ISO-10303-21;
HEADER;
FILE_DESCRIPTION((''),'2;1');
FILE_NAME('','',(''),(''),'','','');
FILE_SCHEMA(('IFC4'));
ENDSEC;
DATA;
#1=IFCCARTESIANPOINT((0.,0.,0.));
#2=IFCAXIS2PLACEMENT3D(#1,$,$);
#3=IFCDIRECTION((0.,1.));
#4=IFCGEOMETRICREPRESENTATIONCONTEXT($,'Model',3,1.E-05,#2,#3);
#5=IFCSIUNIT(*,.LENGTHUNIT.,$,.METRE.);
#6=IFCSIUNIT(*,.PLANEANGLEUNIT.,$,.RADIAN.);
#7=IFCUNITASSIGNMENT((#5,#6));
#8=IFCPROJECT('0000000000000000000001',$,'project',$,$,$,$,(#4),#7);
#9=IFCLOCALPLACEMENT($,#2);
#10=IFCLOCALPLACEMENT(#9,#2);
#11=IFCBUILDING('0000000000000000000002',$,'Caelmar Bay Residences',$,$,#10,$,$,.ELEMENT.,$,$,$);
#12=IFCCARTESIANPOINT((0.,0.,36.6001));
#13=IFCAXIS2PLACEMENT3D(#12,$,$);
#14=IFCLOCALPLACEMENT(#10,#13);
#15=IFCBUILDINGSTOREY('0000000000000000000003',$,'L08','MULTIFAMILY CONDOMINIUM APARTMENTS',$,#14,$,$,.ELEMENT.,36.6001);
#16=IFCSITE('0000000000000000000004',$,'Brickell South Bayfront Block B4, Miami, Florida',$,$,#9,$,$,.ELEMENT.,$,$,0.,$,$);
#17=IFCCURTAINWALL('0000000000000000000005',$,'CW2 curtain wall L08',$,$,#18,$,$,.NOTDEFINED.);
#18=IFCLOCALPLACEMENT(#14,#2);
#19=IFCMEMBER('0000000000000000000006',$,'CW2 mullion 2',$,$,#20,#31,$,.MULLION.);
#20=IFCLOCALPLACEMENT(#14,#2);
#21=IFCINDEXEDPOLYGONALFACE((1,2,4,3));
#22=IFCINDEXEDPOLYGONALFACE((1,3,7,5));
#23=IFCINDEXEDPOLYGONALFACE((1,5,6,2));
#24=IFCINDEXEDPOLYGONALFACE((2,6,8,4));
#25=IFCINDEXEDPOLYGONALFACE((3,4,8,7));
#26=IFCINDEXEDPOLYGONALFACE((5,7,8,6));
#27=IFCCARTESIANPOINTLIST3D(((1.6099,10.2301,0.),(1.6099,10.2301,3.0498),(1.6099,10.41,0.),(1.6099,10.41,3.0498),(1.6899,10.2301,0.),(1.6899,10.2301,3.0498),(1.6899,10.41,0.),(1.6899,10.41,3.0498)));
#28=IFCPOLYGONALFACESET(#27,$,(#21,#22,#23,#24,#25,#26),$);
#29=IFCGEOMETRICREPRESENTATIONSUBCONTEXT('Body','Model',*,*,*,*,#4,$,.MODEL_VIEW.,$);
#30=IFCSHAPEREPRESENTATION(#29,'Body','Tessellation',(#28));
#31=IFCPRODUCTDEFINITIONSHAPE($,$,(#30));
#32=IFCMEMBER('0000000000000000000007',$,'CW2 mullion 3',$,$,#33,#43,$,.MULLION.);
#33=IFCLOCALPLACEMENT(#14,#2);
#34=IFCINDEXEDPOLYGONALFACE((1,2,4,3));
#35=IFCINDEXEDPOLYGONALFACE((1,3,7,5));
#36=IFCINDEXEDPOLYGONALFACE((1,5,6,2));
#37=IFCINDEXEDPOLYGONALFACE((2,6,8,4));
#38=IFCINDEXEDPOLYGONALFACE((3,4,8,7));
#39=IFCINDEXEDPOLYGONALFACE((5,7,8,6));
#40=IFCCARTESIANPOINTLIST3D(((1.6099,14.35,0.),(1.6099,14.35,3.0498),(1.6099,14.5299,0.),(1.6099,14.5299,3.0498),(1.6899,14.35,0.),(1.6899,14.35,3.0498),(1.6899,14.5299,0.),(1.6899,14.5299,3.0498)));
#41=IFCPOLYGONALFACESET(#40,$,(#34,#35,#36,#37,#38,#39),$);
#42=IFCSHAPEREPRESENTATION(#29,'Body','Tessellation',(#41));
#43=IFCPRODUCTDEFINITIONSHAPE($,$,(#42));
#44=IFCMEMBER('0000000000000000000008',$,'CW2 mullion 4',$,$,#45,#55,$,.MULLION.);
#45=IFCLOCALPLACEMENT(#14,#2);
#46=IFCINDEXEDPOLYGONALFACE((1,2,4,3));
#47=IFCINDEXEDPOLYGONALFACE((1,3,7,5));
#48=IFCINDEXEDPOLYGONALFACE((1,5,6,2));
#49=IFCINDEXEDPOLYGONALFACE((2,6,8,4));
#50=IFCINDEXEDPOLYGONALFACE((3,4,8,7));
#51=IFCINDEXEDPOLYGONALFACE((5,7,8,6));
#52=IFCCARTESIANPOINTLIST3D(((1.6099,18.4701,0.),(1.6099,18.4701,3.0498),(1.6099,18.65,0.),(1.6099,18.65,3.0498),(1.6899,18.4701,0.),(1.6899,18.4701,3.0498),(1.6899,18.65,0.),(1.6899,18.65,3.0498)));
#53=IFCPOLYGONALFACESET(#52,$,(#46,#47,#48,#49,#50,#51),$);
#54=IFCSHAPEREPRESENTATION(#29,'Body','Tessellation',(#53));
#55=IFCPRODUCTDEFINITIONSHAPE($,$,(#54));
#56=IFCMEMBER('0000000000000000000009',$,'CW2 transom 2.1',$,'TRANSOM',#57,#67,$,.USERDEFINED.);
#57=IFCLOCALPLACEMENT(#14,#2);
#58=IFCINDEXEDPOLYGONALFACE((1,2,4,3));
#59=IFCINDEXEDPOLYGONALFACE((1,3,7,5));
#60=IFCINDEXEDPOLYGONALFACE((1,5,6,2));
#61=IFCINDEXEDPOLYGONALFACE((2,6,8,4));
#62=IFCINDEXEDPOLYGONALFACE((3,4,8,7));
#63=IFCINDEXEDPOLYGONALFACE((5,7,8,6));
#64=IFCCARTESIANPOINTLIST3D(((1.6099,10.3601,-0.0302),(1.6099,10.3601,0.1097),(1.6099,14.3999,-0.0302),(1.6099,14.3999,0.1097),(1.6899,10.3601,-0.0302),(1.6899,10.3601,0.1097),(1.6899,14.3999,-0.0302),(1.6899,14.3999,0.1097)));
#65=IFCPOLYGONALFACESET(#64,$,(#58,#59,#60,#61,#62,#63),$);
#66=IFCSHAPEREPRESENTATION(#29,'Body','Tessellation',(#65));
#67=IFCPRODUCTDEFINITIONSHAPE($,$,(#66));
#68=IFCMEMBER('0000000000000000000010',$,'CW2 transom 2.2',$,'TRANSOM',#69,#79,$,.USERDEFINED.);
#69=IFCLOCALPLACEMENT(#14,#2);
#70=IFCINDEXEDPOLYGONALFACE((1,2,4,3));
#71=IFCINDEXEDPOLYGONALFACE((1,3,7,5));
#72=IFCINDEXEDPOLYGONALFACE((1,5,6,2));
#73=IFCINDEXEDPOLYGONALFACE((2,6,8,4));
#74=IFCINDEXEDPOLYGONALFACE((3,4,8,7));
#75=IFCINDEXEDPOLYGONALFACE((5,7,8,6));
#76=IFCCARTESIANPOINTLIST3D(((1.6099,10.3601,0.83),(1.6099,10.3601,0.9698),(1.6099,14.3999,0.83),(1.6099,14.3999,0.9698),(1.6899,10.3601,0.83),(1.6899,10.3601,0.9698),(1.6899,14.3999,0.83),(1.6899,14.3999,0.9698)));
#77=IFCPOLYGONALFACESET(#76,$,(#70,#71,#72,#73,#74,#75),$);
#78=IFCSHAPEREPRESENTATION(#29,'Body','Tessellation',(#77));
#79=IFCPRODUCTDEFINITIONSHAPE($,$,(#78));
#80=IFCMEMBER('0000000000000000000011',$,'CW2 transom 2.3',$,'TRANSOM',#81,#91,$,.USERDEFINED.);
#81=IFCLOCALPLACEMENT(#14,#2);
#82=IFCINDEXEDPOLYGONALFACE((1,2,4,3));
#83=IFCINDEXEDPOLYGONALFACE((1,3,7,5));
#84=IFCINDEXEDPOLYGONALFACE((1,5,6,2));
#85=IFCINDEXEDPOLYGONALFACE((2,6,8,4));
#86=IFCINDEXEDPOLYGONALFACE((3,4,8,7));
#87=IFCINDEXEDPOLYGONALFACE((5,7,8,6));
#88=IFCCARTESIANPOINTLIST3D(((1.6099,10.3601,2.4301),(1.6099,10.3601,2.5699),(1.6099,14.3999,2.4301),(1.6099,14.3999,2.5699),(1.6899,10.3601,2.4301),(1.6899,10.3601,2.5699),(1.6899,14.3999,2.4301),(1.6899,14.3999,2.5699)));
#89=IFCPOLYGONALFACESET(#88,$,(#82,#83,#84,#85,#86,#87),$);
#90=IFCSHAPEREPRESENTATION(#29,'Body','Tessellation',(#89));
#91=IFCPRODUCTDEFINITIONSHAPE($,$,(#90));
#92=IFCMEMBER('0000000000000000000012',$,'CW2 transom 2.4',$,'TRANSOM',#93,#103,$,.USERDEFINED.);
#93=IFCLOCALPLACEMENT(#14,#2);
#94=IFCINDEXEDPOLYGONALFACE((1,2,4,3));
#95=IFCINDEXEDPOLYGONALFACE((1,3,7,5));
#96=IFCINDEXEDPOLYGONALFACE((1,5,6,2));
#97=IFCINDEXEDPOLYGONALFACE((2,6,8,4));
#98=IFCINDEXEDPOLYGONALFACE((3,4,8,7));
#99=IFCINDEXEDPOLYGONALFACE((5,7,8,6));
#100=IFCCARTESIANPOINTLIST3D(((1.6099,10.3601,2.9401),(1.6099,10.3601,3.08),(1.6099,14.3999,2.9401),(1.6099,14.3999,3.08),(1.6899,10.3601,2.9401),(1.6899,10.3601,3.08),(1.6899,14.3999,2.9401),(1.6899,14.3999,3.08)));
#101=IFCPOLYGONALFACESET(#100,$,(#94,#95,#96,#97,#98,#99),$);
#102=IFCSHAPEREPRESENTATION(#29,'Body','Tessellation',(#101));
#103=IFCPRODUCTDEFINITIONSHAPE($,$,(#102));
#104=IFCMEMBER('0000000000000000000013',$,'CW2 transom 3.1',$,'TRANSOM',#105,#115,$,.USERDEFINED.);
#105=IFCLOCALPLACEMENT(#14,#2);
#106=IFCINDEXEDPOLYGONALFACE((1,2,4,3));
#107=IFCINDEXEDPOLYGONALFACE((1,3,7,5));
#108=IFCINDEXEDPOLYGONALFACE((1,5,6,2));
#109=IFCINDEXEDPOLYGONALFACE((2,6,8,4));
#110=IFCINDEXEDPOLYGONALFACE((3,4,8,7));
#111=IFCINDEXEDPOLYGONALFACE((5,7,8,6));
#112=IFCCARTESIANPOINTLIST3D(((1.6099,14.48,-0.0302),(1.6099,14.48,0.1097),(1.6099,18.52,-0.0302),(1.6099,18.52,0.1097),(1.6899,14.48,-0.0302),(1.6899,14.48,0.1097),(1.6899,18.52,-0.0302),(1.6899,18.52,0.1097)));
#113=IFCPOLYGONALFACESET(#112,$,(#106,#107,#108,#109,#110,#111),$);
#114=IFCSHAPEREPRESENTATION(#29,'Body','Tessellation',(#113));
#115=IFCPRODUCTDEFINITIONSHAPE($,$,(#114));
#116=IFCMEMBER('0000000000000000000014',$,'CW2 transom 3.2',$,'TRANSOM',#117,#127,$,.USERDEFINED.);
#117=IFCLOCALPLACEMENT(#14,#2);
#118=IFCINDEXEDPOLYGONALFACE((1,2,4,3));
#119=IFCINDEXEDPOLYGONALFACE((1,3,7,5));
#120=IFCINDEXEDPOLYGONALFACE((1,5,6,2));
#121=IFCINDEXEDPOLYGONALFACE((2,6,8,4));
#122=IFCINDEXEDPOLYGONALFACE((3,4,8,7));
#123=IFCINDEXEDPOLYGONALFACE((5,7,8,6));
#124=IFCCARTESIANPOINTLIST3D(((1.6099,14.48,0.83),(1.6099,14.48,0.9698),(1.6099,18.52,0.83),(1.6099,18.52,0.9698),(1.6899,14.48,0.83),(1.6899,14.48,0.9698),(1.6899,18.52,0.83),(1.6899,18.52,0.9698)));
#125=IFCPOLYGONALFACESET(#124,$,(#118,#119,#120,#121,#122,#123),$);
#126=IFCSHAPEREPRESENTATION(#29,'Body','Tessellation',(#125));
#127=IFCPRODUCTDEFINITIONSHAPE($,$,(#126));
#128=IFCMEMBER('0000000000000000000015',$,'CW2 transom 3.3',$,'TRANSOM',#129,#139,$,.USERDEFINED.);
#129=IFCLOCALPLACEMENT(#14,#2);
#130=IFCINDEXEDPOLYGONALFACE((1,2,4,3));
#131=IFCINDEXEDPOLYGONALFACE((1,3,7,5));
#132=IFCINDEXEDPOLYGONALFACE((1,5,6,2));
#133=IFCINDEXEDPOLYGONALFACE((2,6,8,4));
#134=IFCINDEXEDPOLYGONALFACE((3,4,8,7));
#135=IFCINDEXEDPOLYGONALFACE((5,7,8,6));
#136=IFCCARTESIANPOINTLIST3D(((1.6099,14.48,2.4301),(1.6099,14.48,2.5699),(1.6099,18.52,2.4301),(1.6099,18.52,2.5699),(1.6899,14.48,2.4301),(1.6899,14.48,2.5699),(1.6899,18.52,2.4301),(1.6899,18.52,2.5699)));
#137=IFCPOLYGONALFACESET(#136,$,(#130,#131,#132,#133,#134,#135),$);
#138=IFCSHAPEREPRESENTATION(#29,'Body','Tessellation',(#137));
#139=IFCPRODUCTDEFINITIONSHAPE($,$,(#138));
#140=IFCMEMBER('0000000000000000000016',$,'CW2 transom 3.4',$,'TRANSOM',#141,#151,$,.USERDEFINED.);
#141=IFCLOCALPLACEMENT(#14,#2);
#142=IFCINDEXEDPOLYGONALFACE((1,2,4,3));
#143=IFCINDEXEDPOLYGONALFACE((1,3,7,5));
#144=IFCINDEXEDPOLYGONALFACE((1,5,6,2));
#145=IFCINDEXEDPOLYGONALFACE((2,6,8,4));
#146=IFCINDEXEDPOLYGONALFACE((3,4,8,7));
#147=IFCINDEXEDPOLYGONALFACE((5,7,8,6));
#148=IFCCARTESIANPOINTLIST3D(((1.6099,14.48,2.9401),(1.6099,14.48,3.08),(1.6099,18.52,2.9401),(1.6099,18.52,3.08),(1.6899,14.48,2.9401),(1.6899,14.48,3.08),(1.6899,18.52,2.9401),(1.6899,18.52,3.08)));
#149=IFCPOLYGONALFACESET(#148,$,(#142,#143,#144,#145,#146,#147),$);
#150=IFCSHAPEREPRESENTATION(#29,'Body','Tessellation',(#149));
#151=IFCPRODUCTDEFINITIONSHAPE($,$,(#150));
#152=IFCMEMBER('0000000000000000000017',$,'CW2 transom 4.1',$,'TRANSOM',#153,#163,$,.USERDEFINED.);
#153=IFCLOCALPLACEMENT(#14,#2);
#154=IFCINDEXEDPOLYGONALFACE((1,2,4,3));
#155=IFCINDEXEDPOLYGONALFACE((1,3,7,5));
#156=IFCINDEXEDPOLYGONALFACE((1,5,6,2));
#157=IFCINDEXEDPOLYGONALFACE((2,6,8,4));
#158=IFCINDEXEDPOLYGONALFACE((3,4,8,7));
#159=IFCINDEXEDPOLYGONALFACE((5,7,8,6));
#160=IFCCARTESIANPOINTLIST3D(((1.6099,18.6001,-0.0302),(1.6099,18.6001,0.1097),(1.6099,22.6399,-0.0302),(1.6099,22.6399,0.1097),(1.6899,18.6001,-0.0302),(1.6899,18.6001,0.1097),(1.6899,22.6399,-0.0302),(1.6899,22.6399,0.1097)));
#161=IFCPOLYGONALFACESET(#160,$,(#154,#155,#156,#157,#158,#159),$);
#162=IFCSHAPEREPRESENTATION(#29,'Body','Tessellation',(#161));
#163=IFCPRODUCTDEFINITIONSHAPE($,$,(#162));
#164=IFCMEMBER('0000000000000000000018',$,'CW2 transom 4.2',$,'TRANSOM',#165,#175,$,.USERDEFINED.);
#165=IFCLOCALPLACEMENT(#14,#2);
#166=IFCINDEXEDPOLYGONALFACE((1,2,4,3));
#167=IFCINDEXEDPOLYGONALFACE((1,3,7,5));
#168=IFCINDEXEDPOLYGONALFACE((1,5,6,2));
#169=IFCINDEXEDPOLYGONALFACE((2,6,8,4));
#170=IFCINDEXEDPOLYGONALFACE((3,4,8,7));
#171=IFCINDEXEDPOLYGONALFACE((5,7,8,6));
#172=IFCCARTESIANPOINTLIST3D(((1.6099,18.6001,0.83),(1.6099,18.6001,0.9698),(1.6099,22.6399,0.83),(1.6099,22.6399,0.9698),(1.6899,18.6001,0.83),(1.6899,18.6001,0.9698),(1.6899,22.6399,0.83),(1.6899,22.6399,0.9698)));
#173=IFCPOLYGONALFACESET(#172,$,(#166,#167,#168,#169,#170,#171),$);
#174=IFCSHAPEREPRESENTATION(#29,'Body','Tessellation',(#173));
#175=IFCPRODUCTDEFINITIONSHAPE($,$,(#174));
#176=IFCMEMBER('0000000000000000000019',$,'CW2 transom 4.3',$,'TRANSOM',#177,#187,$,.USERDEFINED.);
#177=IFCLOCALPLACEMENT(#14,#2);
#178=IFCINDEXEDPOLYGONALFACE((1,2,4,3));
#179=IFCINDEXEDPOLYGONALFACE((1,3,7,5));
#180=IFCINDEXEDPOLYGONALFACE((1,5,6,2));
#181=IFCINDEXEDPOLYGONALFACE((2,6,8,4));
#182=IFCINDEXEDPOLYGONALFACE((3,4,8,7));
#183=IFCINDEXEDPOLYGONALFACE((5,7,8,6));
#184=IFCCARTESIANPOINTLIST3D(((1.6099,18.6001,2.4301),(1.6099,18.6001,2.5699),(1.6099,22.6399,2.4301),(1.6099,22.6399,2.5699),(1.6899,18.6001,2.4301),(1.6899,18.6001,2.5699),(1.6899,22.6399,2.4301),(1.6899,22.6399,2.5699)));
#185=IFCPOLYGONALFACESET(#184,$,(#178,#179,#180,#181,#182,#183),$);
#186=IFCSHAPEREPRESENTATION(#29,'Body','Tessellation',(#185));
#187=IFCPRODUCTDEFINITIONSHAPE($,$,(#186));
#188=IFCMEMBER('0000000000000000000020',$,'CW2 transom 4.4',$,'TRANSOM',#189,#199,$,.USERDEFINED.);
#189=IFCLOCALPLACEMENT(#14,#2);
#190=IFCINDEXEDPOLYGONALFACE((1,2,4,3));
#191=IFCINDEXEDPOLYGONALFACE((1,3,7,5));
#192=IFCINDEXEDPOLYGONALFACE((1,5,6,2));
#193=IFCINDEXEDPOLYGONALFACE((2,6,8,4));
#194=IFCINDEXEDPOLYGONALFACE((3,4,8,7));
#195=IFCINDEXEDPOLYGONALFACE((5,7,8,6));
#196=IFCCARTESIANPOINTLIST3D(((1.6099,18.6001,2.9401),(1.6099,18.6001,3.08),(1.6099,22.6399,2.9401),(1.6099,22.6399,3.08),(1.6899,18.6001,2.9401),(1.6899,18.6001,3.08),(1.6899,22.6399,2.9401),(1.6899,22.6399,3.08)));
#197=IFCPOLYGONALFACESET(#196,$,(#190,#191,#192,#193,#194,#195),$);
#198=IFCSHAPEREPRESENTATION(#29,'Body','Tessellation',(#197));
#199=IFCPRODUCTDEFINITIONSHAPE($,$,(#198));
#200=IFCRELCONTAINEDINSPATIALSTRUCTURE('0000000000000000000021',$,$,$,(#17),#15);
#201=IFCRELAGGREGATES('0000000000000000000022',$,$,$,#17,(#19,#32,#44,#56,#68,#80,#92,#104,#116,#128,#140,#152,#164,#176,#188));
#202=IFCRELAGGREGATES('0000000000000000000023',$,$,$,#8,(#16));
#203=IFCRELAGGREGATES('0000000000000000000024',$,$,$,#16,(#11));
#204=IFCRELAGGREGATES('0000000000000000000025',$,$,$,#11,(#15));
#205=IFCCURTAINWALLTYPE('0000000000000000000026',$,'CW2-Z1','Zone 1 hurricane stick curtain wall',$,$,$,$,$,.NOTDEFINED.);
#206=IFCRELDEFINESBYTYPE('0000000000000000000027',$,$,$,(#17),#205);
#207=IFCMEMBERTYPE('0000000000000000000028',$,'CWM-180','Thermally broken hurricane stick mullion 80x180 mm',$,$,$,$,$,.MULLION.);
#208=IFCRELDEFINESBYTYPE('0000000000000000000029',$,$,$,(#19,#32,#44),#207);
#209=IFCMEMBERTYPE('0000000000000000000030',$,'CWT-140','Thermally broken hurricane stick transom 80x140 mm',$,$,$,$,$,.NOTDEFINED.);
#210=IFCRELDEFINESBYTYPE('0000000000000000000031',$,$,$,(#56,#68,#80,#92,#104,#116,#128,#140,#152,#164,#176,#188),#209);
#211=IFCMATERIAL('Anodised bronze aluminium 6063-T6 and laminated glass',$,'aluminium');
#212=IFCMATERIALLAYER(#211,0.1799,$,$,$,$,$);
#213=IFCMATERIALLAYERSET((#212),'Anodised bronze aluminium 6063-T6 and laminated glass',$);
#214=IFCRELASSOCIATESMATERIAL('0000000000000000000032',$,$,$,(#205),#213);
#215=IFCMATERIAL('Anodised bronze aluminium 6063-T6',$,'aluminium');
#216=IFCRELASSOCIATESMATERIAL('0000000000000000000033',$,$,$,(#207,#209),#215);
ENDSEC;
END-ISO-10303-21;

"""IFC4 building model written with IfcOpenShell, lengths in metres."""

from ifc_helpers import new_model, si_unit, direction, frame, origin, origin_2d, place, context, subcontext, project, spatial, rectangle, extrude, material, layer, layer_set, material_profile, profile_set, type_object, element, aggregate, save


model = new_model("IFC4")

# Units and contexts
model_context = context("Model", 3, precision=1e-05, world=origin(), true_north=direction((0.0, 1.0)))
body_context = subcontext(model_context, "Body", "Model", "MODEL_VIEW")
ifc_project = project(units=[si_unit("LENGTHUNIT", "METRE"), si_unit("PLANEANGLEUNIT", "RADIAN")], contexts=[model_context])

# Site, building, storey
site_placement = place(None, origin())
site = spatial("IfcSite", under=ifc_project, at=site_placement, Name="Brickell South Bayfront Block B4, Miami, Florida", CompositionType="ELEMENT", RefElevation=0.0)
building_placement = place(site_placement, origin())
building = spatial("IfcBuilding", under=site, at=building_placement, Name="Caelmar Bay Residences", CompositionType="ELEMENT")
storey_placement = place(building_placement, frame((0.0, 0.0, 36.6001)))
storey = spatial("IfcBuildingStorey", under=building, at=storey_placement, Name="L08", Description="MULTIFAMILY CONDOMINIUM APARTMENTS", CompositionType="ELEMENT", Elevation=36.6001)

# Curtain wall, members
ifc_material_1 = material(Name="Anodised bronze aluminium 6063-T6 and laminated glass", Category="aluminium")
ifc_layer_1 = layer(ifc_material_1, 0.1799)
ifc_layer_set_1 = layer_set([ifc_layer_1], Name="Anodised bronze aluminium 6063-T6 and laminated glass")
curtain_wall_type = type_object("IfcCurtainWallType", Name="CW2-Z1", Description="Zone 1 hurricane stick curtain wall", PredefinedType="NOTDEFINED", material=ifc_layer_set_1)
curtain_wall_placement = place(storey_placement, origin())
curtain_wall = element("IfcCurtainWall", 1, at=curtain_wall_placement, inside=storey, type_object=curtain_wall_type, Name="CW2 curtain wall L08", PredefinedType="NOTDEFINED")
ifc_material_2 = material(Name="Anodised bronze aluminium 6063-T6", Category="aluminium")
ifc_material_profile_1 = material_profile(ifc_material_2, rectangle(XDim=0.0801, YDim=0.1799, at=origin_2d()), Name="CWM-80X180")
ifc_profile_set_1 = profile_set([ifc_material_profile_1], Name="Anodised bronze aluminium 6063-T6")
member_type_1 = type_object("IfcMemberType", Name="CWM-180", Description="Thermally broken hurricane stick mullion 80x180 mm", PredefinedType="MULLION", material=ifc_profile_set_1)
member_1_placement = place(storey_placement, frame((1.6499, 10.3201, 0.0), z_axis=(0.0, 0.0, 1.0), x_axis=(-1.0, 0.0, 0.0)))
member_1 = element("IfcMember", 2, at=member_1_placement, type_object=member_type_1, Name="CW2 mullion 2", PredefinedType="MULLION", context=body_context, shape_type="SweptSolid", body=[
    extrude(rectangle(XDim=0.0801, YDim=0.1799, at=origin_2d()), origin(), (0.0, 0.0, 1.0), 3.0498),
])
member_2_placement = place(storey_placement, frame((1.6499, 14.4399, 0.0), z_axis=(0.0, 0.0, 1.0), x_axis=(-1.0, 0.0, 0.0)))
member_2 = element("IfcMember", 3, at=member_2_placement, type_object=member_type_1, Name="CW2 mullion 3", PredefinedType="MULLION", context=body_context, shape_type="SweptSolid", body=[
    extrude(rectangle(XDim=0.0801, YDim=0.1799, at=origin_2d()), origin(), (0.0, 0.0, 1.0), 3.0498),
])
member_3_placement = place(storey_placement, frame((1.6499, 18.5601, 0.0), z_axis=(0.0, 0.0, 1.0), x_axis=(-1.0, 0.0, 0.0)))
member_3 = element("IfcMember", 4, at=member_3_placement, type_object=member_type_1, Name="CW2 mullion 4", PredefinedType="MULLION", context=body_context, shape_type="SweptSolid", body=[
    extrude(rectangle(XDim=0.0801, YDim=0.1799, at=origin_2d()), origin(), (0.0, 0.0, 1.0), 3.0498),
])
ifc_material_profile_2 = material_profile(ifc_material_2, rectangle(XDim=0.0801, YDim=0.1399, at=origin_2d()), Name="CWT-80X140")
ifc_profile_set_2 = profile_set([ifc_material_profile_2], Name="Anodised bronze aluminium 6063-T6")
member_type_2 = type_object("IfcMemberType", Name="CWT-140", Description="Thermally broken hurricane stick transom 80x140 mm", PredefinedType="NOTDEFINED", material=ifc_profile_set_2)
member_4_placement = place(storey_placement, frame((1.6499, 10.3601, 0.0398), z_axis=(0.0, 1.0, 0.0), x_axis=(-1.0, 0.0, 0.0)))
member_4 = element("IfcMember", 5, at=member_4_placement, type_object=member_type_2, Name="CW2 transom 2.1", ObjectType="TRANSOM", PredefinedType="USERDEFINED", context=body_context, shape_type="SweptSolid", body=[
    extrude(rectangle(XDim=0.0801, YDim=0.1399, at=origin_2d()), origin(), (0.0, 0.0, 1.0), 4.0398),
])
member_5_placement = place(storey_placement, frame((1.6499, 10.3601, 0.8999), z_axis=(0.0, 1.0, 0.0), x_axis=(-1.0, 0.0, 0.0)))
member_5 = element("IfcMember", 6, at=member_5_placement, type_object=member_type_2, Name="CW2 transom 2.2", ObjectType="TRANSOM", PredefinedType="USERDEFINED", context=body_context, shape_type="SweptSolid", body=[
    extrude(rectangle(XDim=0.0801, YDim=0.1399, at=origin_2d()), origin(), (0.0, 0.0, 1.0), 4.0398),
])
member_6_placement = place(storey_placement, frame((1.6499, 10.3601, 2.5), z_axis=(0.0, 1.0, 0.0), x_axis=(-1.0, 0.0, 0.0)))
member_6 = element("IfcMember", 7, at=member_6_placement, type_object=member_type_2, Name="CW2 transom 2.3", ObjectType="TRANSOM", PredefinedType="USERDEFINED", context=body_context, shape_type="SweptSolid", body=[
    extrude(rectangle(XDim=0.0801, YDim=0.1399, at=origin_2d()), origin(), (0.0, 0.0, 1.0), 4.0398),
])
member_7_placement = place(storey_placement, frame((1.6499, 10.3601, 3.01), z_axis=(0.0, 1.0, 0.0), x_axis=(-1.0, 0.0, 0.0)))
member_7 = element("IfcMember", 8, at=member_7_placement, type_object=member_type_2, Name="CW2 transom 2.4", ObjectType="TRANSOM", PredefinedType="USERDEFINED", context=body_context, shape_type="SweptSolid", body=[
    extrude(rectangle(XDim=0.0801, YDim=0.1399, at=origin_2d()), origin(), (0.0, 0.0, 1.0), 4.0398),
])
member_8_placement = place(storey_placement, frame((1.6499, 14.48, 0.0398), z_axis=(0.0, 1.0, 0.0), x_axis=(-1.0, 0.0, 0.0)))
member_8 = element("IfcMember", 9, at=member_8_placement, type_object=member_type_2, Name="CW2 transom 3.1", ObjectType="TRANSOM", PredefinedType="USERDEFINED", context=body_context, shape_type="SweptSolid", body=[
    extrude(rectangle(XDim=0.0801, YDim=0.1399, at=origin_2d()), origin(), (0.0, 0.0, 1.0), 4.04),
])
member_9_placement = place(storey_placement, frame((1.6499, 14.48, 0.8999), z_axis=(0.0, 1.0, 0.0), x_axis=(-1.0, 0.0, 0.0)))
member_9 = element("IfcMember", 10, at=member_9_placement, type_object=member_type_2, Name="CW2 transom 3.2", ObjectType="TRANSOM", PredefinedType="USERDEFINED", context=body_context, shape_type="SweptSolid", body=[
    extrude(rectangle(XDim=0.0801, YDim=0.1399, at=origin_2d()), origin(), (0.0, 0.0, 1.0), 4.04),
])
member_10_placement = place(storey_placement, frame((1.6499, 14.48, 2.5), z_axis=(0.0, 1.0, 0.0), x_axis=(-1.0, 0.0, 0.0)))
member_10 = element("IfcMember", 11, at=member_10_placement, type_object=member_type_2, Name="CW2 transom 3.3", ObjectType="TRANSOM", PredefinedType="USERDEFINED", context=body_context, shape_type="SweptSolid", body=[
    extrude(rectangle(XDim=0.0801, YDim=0.1399, at=origin_2d()), origin(), (0.0, 0.0, 1.0), 4.04),
])
member_11_placement = place(storey_placement, frame((1.6499, 14.48, 3.01), z_axis=(0.0, 1.0, 0.0), x_axis=(-1.0, 0.0, 0.0)))
member_11 = element("IfcMember", 12, at=member_11_placement, type_object=member_type_2, Name="CW2 transom 3.4", ObjectType="TRANSOM", PredefinedType="USERDEFINED", context=body_context, shape_type="SweptSolid", body=[
    extrude(rectangle(XDim=0.0801, YDim=0.1399, at=origin_2d()), origin(), (0.0, 0.0, 1.0), 4.04),
])
member_12_placement = place(storey_placement, frame((1.6499, 18.6001, 0.0398), z_axis=(0.0, 1.0, 0.0), x_axis=(-1.0, 0.0, 0.0)))
member_12 = element("IfcMember", 13, at=member_12_placement, type_object=member_type_2, Name="CW2 transom 4.1", ObjectType="TRANSOM", PredefinedType="USERDEFINED", context=body_context, shape_type="SweptSolid", body=[
    extrude(rectangle(XDim=0.0801, YDim=0.1399, at=origin_2d()), origin(), (0.0, 0.0, 1.0), 4.0398),
])
member_13_placement = place(storey_placement, frame((1.6499, 18.6001, 0.8999), z_axis=(0.0, 1.0, 0.0), x_axis=(-1.0, 0.0, 0.0)))
member_13 = element("IfcMember", 14, at=member_13_placement, type_object=member_type_2, Name="CW2 transom 4.2", ObjectType="TRANSOM", PredefinedType="USERDEFINED", context=body_context, shape_type="SweptSolid", body=[
    extrude(rectangle(XDim=0.0801, YDim=0.1399, at=origin_2d()), origin(), (0.0, 0.0, 1.0), 4.0398),
])
member_14_placement = place(storey_placement, frame((1.6499, 18.6001, 2.5), z_axis=(0.0, 1.0, 0.0), x_axis=(-1.0, 0.0, 0.0)))
member_14 = element("IfcMember", 15, at=member_14_placement, type_object=member_type_2, Name="CW2 transom 4.3", ObjectType="TRANSOM", PredefinedType="USERDEFINED", context=body_context, shape_type="SweptSolid", body=[
    extrude(rectangle(XDim=0.0801, YDim=0.1399, at=origin_2d()), origin(), (0.0, 0.0, 1.0), 4.0398),
])
member_15_placement = place(storey_placement, frame((1.6499, 18.6001, 3.01), z_axis=(0.0, 1.0, 0.0), x_axis=(-1.0, 0.0, 0.0)))
member_15 = element("IfcMember", 16, at=member_15_placement, type_object=member_type_2, Name="CW2 transom 4.4", ObjectType="TRANSOM", PredefinedType="USERDEFINED", context=body_context, shape_type="SweptSolid", body=[
    extrude(rectangle(XDim=0.0801, YDim=0.1399, at=origin_2d()), origin(), (0.0, 0.0, 1.0), 4.0398),
])
aggregate(curtain_wall, [member_1, member_2, member_3, member_4, member_5, member_6, member_7, member_8, member_9, member_10, member_11, member_12, member_13, member_14, member_15])

save(model, "model.ifc")
